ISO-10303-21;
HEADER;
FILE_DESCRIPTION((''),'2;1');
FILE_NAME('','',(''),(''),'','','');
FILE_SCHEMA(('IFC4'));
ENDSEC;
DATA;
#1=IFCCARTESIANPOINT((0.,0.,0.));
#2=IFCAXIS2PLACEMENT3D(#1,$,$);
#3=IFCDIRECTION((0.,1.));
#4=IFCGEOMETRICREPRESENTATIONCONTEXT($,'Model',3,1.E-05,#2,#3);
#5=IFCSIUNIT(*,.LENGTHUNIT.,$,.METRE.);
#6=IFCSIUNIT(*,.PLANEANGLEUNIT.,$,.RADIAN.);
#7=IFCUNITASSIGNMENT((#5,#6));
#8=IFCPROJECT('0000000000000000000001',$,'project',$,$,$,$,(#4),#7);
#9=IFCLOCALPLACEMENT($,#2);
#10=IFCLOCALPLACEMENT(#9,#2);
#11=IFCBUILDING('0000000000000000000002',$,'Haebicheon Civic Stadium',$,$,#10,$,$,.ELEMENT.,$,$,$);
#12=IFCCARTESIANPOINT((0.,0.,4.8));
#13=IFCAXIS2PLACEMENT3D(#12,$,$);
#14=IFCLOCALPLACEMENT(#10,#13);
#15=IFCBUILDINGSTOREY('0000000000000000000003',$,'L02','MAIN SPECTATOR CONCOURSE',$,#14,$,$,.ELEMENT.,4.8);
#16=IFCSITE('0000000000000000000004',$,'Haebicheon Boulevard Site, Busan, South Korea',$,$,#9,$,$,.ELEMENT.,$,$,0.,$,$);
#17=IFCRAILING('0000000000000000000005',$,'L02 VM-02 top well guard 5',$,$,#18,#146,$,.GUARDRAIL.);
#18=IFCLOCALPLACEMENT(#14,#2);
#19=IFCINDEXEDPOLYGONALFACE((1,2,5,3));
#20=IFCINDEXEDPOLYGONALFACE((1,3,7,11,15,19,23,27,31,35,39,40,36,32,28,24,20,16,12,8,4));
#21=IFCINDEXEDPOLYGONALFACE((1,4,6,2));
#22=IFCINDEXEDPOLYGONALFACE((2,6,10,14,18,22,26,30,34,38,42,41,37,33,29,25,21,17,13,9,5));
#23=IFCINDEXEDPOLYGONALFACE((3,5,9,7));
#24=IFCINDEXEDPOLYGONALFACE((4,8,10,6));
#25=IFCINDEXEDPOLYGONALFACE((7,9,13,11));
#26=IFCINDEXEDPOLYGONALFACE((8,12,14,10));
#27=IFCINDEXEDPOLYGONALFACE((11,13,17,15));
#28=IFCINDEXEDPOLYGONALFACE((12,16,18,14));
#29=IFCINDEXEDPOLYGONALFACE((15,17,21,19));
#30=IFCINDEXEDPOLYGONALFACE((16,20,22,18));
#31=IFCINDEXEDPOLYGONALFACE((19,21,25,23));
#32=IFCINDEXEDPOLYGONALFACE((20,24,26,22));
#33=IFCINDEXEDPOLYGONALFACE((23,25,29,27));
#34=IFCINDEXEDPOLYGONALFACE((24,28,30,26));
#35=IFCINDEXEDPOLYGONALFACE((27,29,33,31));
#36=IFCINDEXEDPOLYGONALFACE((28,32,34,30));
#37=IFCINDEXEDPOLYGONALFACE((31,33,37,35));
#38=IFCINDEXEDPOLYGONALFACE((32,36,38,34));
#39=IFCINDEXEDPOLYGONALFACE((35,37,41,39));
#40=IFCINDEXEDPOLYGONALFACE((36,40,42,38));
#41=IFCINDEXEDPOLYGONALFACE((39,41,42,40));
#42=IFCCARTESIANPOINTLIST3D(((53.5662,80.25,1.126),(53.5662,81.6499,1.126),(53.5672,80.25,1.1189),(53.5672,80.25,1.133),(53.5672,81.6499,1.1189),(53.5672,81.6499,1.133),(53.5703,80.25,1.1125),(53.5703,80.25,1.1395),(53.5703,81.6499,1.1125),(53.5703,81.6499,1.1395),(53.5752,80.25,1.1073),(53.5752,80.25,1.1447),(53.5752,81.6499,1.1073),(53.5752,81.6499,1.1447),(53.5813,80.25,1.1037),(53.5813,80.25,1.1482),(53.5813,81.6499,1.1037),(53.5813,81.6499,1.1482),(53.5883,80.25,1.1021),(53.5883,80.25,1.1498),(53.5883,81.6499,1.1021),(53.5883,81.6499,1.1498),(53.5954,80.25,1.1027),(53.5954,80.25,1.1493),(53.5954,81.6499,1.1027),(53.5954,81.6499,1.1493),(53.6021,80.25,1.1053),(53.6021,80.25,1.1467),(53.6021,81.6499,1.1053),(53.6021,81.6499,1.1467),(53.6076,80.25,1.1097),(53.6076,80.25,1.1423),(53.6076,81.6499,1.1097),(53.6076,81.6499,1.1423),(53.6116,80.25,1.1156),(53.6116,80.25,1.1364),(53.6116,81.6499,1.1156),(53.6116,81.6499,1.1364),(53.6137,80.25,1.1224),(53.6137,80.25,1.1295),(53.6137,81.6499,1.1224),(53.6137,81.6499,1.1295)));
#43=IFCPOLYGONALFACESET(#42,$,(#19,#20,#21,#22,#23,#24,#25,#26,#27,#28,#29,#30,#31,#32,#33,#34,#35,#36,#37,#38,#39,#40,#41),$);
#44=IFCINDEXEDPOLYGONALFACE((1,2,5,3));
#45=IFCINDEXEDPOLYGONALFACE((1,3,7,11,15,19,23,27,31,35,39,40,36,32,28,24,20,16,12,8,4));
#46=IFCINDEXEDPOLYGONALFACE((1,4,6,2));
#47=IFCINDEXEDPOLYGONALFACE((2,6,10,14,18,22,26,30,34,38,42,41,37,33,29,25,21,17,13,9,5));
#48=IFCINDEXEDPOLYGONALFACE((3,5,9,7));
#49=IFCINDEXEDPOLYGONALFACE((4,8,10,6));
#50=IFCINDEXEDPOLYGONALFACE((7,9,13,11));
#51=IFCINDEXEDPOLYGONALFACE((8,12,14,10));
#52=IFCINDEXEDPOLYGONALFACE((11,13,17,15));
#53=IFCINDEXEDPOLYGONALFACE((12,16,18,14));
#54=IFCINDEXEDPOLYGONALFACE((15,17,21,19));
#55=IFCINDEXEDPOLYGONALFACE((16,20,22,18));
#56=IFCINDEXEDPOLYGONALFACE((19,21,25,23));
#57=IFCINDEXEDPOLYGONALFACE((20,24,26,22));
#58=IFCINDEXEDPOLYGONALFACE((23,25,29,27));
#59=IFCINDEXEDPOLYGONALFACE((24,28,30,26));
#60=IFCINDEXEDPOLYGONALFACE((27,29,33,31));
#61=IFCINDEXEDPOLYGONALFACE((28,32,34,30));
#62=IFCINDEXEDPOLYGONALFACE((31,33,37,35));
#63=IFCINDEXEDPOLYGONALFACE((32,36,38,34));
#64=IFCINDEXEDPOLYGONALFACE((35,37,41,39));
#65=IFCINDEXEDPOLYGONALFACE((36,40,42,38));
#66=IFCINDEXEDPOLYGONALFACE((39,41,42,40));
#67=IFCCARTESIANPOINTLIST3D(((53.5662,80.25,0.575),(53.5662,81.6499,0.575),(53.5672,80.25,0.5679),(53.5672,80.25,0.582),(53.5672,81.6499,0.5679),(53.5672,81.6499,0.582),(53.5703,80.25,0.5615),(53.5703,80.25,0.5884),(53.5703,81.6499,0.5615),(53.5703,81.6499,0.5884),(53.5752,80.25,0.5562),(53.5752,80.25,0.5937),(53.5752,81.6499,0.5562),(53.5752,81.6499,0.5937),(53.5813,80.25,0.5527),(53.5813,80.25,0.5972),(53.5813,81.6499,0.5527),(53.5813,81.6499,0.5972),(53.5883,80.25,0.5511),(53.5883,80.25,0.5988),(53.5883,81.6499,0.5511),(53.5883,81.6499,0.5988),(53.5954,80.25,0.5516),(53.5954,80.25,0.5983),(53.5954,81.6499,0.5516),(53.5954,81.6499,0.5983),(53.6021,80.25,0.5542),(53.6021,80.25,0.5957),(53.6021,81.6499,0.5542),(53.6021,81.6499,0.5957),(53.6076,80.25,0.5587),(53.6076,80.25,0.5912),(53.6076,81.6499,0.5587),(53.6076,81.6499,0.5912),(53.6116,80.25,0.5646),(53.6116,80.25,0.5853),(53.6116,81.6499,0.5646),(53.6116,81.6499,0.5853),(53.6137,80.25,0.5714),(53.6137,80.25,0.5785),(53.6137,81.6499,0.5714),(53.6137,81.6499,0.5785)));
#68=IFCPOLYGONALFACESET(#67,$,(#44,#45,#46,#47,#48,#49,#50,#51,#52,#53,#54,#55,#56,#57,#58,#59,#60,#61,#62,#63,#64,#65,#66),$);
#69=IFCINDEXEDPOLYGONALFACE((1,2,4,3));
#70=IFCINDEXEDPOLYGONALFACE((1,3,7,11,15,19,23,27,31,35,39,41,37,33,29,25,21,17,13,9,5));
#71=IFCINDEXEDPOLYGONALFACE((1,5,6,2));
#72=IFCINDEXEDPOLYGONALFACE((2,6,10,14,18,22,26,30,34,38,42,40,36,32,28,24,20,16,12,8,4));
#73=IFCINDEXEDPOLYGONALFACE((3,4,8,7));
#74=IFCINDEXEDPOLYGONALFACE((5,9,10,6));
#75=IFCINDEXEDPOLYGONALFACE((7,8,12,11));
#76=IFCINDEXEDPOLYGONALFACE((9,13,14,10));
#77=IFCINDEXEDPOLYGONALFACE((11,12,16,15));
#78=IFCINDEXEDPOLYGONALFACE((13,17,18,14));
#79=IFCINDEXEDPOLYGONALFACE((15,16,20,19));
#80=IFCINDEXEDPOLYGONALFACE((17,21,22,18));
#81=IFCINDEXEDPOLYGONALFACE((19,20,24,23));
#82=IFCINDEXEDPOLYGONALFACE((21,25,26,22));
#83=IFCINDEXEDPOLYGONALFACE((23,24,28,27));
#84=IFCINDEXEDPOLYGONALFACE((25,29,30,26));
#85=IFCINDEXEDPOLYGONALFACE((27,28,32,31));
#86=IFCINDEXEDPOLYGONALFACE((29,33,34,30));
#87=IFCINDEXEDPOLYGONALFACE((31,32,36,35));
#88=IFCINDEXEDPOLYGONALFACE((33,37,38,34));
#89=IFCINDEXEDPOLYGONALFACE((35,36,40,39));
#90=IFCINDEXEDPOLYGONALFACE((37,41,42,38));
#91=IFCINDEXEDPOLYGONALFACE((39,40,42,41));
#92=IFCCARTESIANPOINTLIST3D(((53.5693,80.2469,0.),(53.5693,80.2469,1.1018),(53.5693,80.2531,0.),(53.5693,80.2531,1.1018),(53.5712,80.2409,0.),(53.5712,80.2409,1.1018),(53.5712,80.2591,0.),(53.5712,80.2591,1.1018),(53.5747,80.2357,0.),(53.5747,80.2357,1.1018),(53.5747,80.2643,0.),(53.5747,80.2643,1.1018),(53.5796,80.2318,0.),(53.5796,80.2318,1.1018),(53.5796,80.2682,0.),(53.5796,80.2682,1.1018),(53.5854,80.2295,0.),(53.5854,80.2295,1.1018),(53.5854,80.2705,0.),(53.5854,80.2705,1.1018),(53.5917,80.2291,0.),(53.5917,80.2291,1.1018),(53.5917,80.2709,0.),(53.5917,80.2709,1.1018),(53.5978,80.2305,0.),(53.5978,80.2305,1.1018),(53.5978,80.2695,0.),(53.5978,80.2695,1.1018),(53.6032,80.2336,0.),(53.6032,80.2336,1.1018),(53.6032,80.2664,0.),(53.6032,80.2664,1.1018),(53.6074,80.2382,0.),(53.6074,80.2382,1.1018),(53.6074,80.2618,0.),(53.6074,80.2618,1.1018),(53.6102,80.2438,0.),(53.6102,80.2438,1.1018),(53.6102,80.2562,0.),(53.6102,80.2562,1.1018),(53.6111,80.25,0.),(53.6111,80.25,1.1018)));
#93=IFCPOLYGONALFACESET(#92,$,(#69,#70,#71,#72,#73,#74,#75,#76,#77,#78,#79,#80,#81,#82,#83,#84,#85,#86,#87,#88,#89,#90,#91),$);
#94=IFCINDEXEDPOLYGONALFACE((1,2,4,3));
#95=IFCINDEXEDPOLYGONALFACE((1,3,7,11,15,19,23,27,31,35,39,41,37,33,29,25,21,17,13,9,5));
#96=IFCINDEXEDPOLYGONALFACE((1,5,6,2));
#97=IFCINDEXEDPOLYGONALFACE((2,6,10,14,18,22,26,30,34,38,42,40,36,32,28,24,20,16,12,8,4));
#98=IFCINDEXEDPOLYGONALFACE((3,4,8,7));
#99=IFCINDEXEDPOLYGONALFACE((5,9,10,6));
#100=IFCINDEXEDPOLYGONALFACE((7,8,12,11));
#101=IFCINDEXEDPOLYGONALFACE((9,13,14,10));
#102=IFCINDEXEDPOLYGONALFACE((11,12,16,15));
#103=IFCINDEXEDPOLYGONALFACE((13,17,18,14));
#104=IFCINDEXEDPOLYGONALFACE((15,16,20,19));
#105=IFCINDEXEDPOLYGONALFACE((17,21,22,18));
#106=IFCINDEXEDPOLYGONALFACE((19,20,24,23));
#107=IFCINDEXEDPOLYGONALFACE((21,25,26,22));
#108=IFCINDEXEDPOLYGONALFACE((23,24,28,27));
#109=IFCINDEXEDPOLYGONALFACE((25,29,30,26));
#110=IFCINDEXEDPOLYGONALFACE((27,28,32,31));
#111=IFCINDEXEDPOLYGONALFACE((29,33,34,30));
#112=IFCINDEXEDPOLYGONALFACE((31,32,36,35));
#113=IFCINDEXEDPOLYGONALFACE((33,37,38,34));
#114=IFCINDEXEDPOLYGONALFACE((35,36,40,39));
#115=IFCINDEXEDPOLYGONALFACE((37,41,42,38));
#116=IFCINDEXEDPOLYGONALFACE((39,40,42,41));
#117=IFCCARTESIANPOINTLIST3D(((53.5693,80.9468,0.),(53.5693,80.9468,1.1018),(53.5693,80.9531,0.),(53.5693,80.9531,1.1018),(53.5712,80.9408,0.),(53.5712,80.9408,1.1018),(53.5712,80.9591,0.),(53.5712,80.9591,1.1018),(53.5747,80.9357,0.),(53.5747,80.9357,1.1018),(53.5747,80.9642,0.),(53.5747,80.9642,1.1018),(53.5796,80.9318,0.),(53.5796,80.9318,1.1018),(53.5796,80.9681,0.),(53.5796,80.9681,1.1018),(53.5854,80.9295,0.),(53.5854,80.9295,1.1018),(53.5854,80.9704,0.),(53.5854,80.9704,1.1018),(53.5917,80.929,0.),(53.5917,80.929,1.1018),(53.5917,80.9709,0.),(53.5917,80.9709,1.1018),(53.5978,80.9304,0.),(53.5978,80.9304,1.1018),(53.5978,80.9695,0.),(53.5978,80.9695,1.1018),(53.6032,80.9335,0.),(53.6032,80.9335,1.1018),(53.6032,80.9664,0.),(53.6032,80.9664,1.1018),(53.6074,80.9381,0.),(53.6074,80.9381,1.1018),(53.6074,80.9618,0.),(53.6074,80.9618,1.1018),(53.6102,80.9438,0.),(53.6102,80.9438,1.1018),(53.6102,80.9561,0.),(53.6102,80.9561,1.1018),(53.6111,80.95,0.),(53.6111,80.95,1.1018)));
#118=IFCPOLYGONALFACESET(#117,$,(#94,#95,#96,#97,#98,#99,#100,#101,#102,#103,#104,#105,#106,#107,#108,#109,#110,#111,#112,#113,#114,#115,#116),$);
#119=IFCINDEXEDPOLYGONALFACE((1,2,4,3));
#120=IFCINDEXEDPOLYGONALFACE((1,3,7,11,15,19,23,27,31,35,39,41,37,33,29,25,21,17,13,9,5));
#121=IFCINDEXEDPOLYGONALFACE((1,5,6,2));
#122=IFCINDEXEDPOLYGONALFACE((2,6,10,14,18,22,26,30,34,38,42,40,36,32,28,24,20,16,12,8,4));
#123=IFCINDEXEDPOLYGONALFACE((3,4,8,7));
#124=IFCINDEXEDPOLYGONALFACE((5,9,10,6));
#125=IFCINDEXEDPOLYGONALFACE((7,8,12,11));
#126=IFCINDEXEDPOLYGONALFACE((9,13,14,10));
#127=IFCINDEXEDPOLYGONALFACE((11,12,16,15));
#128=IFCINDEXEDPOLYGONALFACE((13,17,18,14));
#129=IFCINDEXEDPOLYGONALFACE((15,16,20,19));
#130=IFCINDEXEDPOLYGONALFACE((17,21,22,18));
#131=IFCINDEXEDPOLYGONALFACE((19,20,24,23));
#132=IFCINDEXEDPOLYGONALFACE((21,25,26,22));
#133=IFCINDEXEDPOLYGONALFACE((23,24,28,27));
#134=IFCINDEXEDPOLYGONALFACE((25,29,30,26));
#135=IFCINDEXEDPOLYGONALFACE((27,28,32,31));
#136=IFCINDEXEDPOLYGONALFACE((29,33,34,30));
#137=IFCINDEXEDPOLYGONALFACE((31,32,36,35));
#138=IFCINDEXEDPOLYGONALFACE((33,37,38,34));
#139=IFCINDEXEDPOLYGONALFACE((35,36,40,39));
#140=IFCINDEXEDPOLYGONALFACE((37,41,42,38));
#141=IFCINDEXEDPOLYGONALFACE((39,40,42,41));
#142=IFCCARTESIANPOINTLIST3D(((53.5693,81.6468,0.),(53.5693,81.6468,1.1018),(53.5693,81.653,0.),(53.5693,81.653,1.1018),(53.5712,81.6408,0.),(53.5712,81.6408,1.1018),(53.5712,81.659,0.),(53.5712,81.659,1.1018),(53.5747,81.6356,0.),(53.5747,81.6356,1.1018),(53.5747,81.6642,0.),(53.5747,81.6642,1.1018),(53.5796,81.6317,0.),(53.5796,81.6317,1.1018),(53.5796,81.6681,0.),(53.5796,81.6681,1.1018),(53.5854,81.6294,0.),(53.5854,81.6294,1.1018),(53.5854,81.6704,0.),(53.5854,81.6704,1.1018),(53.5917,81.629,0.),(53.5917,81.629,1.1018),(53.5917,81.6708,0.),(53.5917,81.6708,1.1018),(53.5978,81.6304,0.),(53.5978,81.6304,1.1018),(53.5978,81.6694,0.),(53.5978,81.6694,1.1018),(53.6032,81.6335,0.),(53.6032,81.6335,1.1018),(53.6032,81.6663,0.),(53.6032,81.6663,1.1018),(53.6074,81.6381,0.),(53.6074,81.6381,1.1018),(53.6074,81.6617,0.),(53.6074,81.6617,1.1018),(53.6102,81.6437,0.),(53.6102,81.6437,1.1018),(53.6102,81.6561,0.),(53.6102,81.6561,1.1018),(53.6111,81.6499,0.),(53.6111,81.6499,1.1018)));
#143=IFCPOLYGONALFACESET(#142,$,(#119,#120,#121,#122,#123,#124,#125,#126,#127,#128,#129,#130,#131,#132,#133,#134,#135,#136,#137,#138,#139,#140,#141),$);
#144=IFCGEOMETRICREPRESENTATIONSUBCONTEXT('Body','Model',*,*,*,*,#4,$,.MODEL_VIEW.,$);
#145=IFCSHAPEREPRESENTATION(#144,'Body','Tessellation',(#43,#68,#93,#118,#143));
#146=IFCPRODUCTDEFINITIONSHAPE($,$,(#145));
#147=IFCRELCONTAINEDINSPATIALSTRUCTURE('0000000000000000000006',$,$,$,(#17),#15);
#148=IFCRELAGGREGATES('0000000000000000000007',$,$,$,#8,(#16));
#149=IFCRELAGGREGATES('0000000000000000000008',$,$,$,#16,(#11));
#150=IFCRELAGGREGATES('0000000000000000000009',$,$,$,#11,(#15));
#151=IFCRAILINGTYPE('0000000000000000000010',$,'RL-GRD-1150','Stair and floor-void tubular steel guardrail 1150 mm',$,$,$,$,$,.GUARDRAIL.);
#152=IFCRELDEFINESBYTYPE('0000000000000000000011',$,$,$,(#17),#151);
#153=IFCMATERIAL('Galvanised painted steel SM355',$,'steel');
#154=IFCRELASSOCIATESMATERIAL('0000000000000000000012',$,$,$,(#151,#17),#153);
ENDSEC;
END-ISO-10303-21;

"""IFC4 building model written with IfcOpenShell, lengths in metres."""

from ifc_helpers import new_model, si_unit, direction, frame, origin, origin_2d, place, context, subcontext, project, spatial, circle, extrude, material, type_object, element, save


model = new_model("IFC4")

# Units and contexts
model_context = context("Model", 3, precision=1e-05, world=origin(), true_north=direction((0.0, 1.0)))
body_context = subcontext(model_context, "Body", "Model", "MODEL_VIEW")
ifc_project = project(units=[si_unit("LENGTHUNIT", "METRE"), si_unit("PLANEANGLEUNIT", "RADIAN")], contexts=[model_context])

# Site, building, storey
site_placement = place(None, origin())
site = spatial("IfcSite", under=ifc_project, at=site_placement, Name="Haebicheon Boulevard Site, Busan, South Korea", CompositionType="ELEMENT", RefElevation=0.0)
building_placement = place(site_placement, origin())
building = spatial("IfcBuilding", under=site, at=building_placement, Name="Haebicheon Civic Stadium", CompositionType="ELEMENT")
storey_placement = place(building_placement, frame((0.0, 0.0, 4.8)))
storey = spatial("IfcBuildingStorey", under=building, at=storey_placement, Name="L02", Description="MAIN SPECTATOR CONCOURSE", CompositionType="ELEMENT", Elevation=4.8)

# Railing
ifc_material_1 = material(Name="Galvanised painted steel SM355", Category="steel")
railing_type = type_object("IfcRailingType", Name="RL-GRD-1150", Description="Stair and floor-void tubular steel guardrail 1150 mm", PredefinedType="GUARDRAIL", material=ifc_material_1)
for number, where, name in (
    (1, (53.5901, 80.25, 0.0), "L02 VM-02 top well guard 5"),
):
    element("IfcRailing", number, at=place(storey_placement, frame(where)), inside=storey, type_object=railing_type, material=ifc_material_1, Name=name, PredefinedType="GUARDRAIL", context=body_context, shape_type="SweptSolid", body=[
        extrude(circle(Radius=0.0239, at=origin_2d()), frame((0.0, 0.0, 1.126), z_axis=(0.0, 1.0, 0.0), x_axis=(-1.0, 0.0, 0.0)), (0.0, 0.0, 1.0), 1.3999),
        extrude(circle(Radius=0.0239, at=origin_2d()), frame((0.0, 0.0, 0.575), z_axis=(0.0, 1.0, 0.0), x_axis=(-1.0, 0.0, 0.0)), (0.0, 0.0, 1.0), 1.3999),
        extrude(circle(Radius=0.021, at=origin_2d()), origin(), (0.0, 0.0, 1.0), 1.1018),
        extrude(circle(Radius=0.021, at=origin_2d()), frame((0.0, 0.7, 0.0)), (0.0, 0.0, 1.0), 1.1018),
        extrude(circle(Radius=0.021, at=origin_2d()), frame((0.0, 1.3999, 0.0)), (0.0, 0.0, 1.0), 1.1018),
    ])

save(model, "model.ifc")
